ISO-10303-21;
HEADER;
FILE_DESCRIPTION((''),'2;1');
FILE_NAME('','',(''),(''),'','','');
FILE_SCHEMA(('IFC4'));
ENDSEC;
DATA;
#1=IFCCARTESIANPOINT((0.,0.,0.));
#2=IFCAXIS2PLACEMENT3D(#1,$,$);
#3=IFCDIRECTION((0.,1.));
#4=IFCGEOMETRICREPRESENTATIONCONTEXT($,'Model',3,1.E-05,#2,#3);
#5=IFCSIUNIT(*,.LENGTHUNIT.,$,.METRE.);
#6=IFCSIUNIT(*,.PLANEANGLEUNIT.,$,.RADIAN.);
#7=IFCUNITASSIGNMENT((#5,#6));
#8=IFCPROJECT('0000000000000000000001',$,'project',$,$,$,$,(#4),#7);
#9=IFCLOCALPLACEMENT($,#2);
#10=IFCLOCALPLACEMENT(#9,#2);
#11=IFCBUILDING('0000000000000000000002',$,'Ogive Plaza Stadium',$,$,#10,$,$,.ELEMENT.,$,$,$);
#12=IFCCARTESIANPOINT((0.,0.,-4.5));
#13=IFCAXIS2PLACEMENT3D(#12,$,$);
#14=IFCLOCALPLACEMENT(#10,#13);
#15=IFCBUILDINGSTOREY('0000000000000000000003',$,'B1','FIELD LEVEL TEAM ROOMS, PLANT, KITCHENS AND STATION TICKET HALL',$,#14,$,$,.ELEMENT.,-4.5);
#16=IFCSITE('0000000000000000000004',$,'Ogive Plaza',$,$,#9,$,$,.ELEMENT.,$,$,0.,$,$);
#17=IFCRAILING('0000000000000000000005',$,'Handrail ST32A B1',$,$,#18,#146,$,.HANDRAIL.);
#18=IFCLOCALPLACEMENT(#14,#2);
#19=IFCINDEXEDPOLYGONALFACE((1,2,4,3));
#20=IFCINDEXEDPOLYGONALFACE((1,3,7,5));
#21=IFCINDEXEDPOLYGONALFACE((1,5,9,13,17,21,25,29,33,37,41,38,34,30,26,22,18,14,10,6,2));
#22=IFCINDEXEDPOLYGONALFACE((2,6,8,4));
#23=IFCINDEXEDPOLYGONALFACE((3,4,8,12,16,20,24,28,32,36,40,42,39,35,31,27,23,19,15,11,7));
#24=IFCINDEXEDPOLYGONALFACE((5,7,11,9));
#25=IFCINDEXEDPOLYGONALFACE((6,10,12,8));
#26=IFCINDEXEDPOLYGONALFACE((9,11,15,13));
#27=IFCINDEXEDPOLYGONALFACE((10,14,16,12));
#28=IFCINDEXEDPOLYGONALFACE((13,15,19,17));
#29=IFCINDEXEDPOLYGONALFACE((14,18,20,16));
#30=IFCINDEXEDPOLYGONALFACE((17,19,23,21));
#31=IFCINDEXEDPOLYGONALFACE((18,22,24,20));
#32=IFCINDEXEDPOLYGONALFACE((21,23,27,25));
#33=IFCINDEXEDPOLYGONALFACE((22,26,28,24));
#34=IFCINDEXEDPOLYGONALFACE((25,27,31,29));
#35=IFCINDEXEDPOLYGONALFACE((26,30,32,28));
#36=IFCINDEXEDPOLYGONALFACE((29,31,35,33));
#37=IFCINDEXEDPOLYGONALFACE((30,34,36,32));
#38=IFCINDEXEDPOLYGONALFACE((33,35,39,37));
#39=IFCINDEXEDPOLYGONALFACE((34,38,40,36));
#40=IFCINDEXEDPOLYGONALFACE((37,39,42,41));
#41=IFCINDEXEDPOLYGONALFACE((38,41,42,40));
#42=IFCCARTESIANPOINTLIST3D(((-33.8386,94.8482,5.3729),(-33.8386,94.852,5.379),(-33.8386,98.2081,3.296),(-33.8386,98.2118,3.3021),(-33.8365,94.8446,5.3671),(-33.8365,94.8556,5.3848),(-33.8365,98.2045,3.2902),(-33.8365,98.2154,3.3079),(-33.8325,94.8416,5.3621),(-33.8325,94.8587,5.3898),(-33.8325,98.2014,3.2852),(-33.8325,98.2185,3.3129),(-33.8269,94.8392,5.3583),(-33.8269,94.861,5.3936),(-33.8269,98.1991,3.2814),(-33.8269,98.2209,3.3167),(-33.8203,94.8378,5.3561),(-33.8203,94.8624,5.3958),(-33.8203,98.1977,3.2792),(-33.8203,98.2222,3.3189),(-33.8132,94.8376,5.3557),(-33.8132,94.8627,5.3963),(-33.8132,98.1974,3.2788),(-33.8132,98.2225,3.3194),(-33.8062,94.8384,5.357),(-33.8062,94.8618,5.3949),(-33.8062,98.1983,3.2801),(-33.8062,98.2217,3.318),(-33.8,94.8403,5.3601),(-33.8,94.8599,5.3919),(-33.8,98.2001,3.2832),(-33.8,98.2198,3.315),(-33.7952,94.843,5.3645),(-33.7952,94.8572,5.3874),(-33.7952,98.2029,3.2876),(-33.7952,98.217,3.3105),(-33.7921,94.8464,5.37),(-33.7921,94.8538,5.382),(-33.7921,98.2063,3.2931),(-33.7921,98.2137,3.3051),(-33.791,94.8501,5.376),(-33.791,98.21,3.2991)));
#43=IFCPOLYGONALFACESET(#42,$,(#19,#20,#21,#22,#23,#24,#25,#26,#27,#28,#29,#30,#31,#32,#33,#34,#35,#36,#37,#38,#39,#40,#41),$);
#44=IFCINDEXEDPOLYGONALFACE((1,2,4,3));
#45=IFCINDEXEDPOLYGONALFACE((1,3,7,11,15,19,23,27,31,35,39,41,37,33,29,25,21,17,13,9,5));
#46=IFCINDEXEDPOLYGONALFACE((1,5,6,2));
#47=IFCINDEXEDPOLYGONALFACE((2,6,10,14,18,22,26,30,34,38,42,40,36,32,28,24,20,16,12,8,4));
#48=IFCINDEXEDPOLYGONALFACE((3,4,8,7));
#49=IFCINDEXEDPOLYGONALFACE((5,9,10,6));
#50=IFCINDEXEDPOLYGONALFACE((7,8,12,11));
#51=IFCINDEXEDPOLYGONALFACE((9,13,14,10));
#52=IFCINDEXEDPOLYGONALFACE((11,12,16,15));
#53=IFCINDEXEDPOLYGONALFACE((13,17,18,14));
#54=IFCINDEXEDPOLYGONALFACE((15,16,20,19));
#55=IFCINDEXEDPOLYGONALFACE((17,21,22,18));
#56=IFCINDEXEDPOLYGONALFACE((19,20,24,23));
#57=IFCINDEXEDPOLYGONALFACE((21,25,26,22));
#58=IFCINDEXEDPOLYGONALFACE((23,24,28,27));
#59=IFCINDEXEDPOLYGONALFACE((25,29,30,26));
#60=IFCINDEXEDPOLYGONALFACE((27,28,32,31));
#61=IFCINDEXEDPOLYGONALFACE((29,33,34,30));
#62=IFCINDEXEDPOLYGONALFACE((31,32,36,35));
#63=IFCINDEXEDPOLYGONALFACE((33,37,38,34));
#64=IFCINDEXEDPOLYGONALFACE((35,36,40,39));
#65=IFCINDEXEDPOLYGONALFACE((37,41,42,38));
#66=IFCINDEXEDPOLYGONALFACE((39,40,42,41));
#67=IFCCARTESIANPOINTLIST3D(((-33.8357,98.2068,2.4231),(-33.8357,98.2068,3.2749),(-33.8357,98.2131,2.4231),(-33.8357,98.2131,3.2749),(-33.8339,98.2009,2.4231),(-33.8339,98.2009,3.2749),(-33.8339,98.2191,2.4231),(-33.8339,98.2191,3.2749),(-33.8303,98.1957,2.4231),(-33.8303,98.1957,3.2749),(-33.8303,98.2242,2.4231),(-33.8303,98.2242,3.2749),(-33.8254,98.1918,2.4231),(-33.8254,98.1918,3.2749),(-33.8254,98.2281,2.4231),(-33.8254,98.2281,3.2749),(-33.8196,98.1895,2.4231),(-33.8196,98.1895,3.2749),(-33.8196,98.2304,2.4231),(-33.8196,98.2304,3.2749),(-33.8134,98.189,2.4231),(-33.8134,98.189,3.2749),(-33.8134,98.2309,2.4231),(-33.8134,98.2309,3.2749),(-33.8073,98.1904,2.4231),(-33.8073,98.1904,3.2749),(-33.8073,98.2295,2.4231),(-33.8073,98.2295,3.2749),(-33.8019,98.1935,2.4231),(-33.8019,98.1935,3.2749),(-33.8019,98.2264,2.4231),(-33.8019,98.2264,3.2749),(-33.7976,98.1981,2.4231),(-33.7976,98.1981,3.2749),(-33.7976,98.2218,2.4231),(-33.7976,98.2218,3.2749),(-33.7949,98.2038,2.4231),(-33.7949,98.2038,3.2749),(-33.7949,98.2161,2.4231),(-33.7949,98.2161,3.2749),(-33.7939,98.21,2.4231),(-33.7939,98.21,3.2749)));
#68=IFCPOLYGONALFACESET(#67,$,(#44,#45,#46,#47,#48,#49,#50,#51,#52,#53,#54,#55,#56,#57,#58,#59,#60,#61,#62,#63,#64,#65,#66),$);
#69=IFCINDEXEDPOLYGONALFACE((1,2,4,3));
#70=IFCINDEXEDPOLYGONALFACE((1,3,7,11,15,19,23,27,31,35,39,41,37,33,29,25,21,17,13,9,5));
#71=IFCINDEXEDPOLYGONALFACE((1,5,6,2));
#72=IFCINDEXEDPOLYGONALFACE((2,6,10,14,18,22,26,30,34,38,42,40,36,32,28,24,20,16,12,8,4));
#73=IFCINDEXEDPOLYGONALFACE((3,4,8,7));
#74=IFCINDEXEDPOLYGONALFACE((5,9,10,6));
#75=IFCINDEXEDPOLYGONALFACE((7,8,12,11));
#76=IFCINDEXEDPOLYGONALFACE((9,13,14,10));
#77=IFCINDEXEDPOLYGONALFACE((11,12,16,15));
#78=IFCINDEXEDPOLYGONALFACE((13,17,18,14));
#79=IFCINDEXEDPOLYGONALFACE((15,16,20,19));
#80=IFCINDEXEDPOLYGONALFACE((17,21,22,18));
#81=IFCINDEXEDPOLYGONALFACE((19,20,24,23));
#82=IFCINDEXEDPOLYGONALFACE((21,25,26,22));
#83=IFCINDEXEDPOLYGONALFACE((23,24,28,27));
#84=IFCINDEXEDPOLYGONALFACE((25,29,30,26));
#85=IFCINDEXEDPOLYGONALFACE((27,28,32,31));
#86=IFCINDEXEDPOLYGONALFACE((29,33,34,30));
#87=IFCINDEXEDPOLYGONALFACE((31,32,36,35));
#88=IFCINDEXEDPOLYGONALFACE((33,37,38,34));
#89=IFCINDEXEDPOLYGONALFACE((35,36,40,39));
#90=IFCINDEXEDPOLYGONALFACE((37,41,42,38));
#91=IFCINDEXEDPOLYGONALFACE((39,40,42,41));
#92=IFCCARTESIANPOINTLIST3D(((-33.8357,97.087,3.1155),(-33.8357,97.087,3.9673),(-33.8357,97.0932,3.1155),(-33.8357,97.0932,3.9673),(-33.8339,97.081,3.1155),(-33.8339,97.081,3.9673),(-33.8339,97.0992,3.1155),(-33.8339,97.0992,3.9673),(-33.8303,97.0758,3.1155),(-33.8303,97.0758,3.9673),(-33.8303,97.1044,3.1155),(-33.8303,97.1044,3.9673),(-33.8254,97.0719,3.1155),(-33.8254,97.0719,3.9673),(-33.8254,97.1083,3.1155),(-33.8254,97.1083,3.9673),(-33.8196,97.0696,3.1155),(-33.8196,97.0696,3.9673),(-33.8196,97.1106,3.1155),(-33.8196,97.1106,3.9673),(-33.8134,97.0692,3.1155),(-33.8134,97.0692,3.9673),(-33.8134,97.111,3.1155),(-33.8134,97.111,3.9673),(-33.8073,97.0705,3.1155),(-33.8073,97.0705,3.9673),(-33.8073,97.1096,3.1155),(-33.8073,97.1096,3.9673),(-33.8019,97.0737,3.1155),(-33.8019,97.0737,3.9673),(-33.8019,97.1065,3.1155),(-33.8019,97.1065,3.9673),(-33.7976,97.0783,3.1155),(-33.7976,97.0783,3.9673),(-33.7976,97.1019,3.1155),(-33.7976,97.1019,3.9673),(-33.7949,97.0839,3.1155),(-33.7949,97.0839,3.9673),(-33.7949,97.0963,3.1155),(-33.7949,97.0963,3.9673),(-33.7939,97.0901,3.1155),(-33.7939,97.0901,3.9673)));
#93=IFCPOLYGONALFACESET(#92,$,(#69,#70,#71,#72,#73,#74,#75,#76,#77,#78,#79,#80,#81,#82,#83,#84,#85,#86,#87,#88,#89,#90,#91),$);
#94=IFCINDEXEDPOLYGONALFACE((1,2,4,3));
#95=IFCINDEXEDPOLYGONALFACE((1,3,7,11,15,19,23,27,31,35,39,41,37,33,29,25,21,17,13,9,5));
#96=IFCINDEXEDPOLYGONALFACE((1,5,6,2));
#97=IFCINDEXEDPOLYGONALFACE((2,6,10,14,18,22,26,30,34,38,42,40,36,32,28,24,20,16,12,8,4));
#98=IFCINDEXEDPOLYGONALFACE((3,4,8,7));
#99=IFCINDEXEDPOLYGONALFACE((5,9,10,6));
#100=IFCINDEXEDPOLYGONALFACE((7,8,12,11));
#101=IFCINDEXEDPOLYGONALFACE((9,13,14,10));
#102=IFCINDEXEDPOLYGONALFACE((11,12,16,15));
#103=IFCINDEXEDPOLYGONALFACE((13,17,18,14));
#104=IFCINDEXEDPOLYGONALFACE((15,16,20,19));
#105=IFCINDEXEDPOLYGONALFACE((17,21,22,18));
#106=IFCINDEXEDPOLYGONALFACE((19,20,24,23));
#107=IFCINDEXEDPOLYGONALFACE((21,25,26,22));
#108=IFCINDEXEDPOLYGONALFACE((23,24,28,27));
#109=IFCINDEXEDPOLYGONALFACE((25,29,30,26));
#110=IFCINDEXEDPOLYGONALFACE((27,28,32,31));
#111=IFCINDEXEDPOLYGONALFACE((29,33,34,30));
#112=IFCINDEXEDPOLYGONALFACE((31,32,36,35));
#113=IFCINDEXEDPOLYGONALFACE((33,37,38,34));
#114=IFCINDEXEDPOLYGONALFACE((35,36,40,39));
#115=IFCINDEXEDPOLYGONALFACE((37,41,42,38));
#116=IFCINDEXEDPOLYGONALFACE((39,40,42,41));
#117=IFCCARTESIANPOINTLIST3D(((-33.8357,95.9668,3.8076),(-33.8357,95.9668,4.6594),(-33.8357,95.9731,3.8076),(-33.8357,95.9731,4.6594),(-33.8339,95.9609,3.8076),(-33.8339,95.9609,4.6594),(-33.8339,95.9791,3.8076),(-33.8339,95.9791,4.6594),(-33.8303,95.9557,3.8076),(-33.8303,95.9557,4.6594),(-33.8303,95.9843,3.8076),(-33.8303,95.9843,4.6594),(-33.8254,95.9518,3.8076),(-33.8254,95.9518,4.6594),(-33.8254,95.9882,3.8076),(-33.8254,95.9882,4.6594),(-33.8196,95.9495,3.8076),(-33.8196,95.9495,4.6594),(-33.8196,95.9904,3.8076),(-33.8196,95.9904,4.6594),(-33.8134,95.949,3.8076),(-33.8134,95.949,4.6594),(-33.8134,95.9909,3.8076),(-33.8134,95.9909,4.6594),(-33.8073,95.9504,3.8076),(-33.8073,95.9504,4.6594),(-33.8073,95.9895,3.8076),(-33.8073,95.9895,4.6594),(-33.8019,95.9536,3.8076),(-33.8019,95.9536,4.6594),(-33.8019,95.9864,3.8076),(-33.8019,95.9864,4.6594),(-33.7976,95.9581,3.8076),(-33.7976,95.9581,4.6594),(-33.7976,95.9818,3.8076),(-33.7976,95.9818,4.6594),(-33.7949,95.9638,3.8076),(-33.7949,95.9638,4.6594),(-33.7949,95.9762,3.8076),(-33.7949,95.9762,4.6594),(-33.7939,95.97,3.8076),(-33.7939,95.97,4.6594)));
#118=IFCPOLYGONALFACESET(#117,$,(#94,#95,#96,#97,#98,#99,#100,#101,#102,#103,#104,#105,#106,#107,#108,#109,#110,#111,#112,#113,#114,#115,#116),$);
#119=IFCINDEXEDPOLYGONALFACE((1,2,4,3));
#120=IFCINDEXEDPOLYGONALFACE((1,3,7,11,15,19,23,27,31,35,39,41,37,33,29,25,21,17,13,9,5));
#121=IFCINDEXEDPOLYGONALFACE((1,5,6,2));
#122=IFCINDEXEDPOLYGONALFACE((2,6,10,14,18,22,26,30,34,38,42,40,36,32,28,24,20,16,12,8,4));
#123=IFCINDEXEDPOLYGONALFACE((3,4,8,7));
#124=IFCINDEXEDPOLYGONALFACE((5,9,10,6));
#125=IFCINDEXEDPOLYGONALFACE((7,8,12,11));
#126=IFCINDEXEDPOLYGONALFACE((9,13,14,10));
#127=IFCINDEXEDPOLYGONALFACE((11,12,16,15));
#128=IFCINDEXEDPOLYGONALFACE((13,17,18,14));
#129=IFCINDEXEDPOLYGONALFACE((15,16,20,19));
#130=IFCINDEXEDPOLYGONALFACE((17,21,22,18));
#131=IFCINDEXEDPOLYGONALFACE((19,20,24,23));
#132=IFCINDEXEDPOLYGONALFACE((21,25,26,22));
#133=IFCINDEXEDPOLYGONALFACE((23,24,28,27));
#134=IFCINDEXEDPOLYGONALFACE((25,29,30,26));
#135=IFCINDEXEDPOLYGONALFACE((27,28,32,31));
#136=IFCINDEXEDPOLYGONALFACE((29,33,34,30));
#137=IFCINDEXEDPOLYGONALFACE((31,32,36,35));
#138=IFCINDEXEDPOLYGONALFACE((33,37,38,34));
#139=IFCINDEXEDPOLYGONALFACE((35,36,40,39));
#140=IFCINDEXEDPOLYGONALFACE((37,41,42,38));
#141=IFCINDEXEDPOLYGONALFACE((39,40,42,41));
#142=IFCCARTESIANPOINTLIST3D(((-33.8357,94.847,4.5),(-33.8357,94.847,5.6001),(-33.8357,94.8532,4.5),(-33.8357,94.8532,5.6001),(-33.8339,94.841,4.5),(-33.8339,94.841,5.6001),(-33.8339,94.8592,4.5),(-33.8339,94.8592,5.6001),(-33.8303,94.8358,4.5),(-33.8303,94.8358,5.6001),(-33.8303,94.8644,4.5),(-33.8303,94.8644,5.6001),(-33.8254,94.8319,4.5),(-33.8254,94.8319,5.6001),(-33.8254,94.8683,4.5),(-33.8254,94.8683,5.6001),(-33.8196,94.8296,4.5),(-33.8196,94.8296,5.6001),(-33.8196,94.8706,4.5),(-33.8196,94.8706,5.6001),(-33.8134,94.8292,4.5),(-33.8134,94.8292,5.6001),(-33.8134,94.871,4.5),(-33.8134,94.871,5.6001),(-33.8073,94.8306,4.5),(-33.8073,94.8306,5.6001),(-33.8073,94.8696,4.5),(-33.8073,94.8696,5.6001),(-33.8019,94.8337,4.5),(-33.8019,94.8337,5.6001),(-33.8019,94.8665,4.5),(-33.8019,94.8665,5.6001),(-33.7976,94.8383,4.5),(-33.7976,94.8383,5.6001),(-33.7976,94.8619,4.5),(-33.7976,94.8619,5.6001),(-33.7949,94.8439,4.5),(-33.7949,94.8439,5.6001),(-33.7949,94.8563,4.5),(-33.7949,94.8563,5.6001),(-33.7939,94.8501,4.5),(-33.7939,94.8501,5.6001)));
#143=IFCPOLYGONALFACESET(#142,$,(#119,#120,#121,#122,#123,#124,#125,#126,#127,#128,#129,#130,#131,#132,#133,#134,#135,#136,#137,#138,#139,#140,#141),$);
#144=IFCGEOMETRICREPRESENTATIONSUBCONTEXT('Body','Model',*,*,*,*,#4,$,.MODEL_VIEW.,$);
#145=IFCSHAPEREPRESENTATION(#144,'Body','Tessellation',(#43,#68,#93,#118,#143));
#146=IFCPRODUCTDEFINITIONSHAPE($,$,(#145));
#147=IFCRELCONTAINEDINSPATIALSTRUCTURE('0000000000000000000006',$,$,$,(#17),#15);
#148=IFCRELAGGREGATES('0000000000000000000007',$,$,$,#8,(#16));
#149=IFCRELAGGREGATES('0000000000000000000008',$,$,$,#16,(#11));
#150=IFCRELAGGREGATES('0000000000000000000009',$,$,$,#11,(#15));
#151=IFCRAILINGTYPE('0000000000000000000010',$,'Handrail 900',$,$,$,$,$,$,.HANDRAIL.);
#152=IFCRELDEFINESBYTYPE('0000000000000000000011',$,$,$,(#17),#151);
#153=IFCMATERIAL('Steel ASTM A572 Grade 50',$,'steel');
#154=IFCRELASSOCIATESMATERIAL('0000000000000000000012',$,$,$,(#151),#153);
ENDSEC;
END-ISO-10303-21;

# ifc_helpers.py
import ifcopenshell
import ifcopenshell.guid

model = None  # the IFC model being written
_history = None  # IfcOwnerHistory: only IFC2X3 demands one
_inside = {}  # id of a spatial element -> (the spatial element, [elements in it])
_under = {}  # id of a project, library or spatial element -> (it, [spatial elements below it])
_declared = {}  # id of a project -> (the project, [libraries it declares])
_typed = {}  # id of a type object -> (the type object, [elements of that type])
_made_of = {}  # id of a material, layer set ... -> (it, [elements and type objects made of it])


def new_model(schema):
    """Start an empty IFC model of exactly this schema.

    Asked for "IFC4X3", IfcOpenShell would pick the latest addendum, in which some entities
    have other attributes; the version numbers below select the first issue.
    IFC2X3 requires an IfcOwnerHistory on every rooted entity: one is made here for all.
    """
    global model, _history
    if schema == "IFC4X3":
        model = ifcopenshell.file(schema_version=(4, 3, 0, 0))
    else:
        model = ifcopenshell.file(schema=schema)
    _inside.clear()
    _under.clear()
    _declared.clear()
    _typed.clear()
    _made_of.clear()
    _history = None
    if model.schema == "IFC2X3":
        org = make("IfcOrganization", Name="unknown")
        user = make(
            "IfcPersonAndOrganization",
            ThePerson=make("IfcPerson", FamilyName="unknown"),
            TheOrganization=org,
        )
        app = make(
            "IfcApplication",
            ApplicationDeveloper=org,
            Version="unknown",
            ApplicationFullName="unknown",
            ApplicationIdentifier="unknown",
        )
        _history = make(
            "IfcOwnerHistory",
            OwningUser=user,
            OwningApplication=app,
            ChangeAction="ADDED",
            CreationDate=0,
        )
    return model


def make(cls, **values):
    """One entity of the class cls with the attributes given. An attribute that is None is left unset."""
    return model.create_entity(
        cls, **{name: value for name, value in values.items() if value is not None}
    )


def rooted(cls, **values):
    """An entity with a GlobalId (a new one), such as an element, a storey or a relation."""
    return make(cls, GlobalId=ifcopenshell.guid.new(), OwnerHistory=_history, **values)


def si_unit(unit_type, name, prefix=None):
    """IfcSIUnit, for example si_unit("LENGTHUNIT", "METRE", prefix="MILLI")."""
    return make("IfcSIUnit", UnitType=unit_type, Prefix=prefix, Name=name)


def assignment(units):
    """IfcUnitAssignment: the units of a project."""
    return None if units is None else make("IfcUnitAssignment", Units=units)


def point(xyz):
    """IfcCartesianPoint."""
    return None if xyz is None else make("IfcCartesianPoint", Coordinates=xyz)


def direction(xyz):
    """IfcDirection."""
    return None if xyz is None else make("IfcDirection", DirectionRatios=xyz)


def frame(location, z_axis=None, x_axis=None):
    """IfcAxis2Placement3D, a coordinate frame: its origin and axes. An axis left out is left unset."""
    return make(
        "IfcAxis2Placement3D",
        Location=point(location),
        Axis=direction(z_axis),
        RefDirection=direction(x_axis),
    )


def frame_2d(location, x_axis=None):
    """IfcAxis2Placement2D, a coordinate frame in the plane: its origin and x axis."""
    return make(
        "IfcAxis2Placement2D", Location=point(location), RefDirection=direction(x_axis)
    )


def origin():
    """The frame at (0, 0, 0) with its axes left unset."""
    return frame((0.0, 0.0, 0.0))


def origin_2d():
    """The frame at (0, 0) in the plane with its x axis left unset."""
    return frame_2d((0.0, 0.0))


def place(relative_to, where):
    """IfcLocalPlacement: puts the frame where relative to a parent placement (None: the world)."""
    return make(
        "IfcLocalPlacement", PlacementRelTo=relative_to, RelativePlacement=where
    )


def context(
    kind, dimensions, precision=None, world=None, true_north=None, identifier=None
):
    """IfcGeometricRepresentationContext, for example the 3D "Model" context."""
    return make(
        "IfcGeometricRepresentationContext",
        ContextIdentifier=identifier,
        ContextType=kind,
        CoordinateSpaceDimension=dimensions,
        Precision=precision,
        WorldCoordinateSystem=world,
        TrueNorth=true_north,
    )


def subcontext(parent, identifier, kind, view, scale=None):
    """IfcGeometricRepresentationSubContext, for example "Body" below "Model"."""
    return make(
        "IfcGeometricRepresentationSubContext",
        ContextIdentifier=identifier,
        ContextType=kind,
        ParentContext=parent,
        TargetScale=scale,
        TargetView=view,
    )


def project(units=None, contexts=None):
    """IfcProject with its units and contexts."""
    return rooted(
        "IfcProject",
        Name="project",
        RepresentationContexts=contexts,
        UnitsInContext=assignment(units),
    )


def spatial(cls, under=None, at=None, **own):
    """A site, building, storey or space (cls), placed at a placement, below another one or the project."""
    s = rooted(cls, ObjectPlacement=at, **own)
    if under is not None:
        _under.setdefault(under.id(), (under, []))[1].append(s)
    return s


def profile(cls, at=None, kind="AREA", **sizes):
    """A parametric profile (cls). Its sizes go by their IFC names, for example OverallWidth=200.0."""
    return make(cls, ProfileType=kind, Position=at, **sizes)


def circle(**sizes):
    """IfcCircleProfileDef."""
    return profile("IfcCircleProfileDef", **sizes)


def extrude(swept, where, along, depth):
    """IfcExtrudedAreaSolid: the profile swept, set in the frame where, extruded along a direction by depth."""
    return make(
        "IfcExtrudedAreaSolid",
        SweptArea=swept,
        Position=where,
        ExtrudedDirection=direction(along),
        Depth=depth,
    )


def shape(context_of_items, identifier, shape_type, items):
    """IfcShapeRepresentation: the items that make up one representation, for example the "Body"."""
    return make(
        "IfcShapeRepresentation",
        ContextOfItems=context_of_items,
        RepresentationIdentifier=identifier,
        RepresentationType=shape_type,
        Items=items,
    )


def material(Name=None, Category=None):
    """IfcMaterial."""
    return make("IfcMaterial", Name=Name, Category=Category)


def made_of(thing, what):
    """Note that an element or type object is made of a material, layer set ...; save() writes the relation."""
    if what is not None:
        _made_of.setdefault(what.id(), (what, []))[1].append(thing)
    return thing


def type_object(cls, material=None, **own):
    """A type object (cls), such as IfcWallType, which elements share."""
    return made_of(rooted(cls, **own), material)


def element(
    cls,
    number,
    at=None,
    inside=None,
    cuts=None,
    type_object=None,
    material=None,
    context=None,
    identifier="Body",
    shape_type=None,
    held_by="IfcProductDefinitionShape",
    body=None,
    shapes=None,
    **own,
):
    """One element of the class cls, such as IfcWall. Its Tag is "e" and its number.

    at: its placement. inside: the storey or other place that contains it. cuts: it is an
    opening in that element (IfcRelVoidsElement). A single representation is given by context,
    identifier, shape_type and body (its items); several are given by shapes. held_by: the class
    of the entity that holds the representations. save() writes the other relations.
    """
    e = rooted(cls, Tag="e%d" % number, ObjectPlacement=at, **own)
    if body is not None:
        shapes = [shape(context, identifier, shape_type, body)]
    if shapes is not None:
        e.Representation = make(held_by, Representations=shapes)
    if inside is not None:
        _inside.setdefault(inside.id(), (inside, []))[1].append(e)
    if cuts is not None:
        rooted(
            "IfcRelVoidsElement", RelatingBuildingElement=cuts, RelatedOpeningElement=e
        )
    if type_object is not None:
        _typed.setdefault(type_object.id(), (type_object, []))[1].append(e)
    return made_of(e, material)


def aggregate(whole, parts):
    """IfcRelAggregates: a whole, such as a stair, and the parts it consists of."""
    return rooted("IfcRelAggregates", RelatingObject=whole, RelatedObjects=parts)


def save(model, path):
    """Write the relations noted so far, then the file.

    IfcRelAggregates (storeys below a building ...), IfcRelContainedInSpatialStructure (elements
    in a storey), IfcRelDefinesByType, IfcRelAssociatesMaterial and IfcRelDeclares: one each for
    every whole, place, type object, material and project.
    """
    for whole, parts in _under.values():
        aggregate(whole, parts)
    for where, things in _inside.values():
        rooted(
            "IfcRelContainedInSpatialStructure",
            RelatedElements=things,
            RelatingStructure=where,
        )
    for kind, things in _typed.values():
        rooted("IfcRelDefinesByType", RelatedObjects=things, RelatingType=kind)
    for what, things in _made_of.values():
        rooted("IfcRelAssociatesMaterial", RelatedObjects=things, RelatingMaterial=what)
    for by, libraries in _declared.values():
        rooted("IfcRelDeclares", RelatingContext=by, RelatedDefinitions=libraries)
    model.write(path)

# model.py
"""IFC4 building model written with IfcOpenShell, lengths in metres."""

from ifc_helpers import new_model, si_unit, direction, frame, origin, origin_2d, place, context, subcontext, project, spatial, circle, extrude, material, type_object, element, save


model = new_model("IFC4")

# Units and contexts
model_context = context("Model", 3, precision=1e-05, world=origin(), true_north=direction((0.0, 1.0)))
body_context = subcontext(model_context, "Body", "Model", "MODEL_VIEW")
ifc_project = project(units=[si_unit("LENGTHUNIT", "METRE"), si_unit("PLANEANGLEUNIT", "RADIAN")], contexts=[model_context])

# Site, building, storey
site_placement = place(None, origin())
site = spatial("IfcSite", under=ifc_project, at=site_placement, Name="Ogive Plaza", CompositionType="ELEMENT", RefElevation=0.0)
building_placement = place(site_placement, origin())
building = spatial("IfcBuilding", under=site, at=building_placement, Name="Ogive Plaza Stadium", CompositionType="ELEMENT")
storey_placement = place(building_placement, frame((0.0, 0.0, -4.5)))
storey = spatial("IfcBuildingStorey", under=building, at=storey_placement, Name="B1", Description="FIELD LEVEL TEAM ROOMS, PLANT, KITCHENS AND STATION TICKET HALL", CompositionType="ELEMENT", Elevation=-4.5)

# Railing
ifc_material_1 = material(Name="Steel ASTM A572 Grade 50", Category="steel")
railing_type = type_object("IfcRailingType", Name="Handrail 900", PredefinedType="HANDRAIL", material=ifc_material_1)
for number, where, name in (
    (1, (-33.8149, 98.21, 2.4231), "Handrail ST32A B1"),
):
    element("IfcRailing", number, at=place(storey_placement, frame(where)), inside=storey, type_object=railing_type, Name=name, PredefinedType="HANDRAIL", context=body_context, shape_type="SweptSolid", body=[
        extrude(circle(Radius=0.0239, at=origin_2d()), frame((0.0, 0.0, 0.876), z_axis=(0.0, -0.850606, 0.525803), x_axis=(1.0, 0.0, 0.0)), (0.0, 0.0, 1.0), 3.95),
        extrude(circle(Radius=0.021, at=origin_2d()), origin(), (0.0, 0.0, 1.0), 0.8518),
        extrude(circle(Radius=0.021, at=origin_2d()), frame((0.0, -1.1199, 0.6924)), (0.0, 0.0, 1.0), 0.8518),
        extrude(circle(Radius=0.021, at=origin_2d()), frame((0.0, -2.24, 1.3845)), (0.0, 0.0, 1.0), 0.8518),
        extrude(circle(Radius=0.021, at=origin_2d()), frame((0.0, -3.3599, 2.0769)), (0.0, 0.0, 1.0), 1.1001),
    ])

save(model, "model.ifc")
